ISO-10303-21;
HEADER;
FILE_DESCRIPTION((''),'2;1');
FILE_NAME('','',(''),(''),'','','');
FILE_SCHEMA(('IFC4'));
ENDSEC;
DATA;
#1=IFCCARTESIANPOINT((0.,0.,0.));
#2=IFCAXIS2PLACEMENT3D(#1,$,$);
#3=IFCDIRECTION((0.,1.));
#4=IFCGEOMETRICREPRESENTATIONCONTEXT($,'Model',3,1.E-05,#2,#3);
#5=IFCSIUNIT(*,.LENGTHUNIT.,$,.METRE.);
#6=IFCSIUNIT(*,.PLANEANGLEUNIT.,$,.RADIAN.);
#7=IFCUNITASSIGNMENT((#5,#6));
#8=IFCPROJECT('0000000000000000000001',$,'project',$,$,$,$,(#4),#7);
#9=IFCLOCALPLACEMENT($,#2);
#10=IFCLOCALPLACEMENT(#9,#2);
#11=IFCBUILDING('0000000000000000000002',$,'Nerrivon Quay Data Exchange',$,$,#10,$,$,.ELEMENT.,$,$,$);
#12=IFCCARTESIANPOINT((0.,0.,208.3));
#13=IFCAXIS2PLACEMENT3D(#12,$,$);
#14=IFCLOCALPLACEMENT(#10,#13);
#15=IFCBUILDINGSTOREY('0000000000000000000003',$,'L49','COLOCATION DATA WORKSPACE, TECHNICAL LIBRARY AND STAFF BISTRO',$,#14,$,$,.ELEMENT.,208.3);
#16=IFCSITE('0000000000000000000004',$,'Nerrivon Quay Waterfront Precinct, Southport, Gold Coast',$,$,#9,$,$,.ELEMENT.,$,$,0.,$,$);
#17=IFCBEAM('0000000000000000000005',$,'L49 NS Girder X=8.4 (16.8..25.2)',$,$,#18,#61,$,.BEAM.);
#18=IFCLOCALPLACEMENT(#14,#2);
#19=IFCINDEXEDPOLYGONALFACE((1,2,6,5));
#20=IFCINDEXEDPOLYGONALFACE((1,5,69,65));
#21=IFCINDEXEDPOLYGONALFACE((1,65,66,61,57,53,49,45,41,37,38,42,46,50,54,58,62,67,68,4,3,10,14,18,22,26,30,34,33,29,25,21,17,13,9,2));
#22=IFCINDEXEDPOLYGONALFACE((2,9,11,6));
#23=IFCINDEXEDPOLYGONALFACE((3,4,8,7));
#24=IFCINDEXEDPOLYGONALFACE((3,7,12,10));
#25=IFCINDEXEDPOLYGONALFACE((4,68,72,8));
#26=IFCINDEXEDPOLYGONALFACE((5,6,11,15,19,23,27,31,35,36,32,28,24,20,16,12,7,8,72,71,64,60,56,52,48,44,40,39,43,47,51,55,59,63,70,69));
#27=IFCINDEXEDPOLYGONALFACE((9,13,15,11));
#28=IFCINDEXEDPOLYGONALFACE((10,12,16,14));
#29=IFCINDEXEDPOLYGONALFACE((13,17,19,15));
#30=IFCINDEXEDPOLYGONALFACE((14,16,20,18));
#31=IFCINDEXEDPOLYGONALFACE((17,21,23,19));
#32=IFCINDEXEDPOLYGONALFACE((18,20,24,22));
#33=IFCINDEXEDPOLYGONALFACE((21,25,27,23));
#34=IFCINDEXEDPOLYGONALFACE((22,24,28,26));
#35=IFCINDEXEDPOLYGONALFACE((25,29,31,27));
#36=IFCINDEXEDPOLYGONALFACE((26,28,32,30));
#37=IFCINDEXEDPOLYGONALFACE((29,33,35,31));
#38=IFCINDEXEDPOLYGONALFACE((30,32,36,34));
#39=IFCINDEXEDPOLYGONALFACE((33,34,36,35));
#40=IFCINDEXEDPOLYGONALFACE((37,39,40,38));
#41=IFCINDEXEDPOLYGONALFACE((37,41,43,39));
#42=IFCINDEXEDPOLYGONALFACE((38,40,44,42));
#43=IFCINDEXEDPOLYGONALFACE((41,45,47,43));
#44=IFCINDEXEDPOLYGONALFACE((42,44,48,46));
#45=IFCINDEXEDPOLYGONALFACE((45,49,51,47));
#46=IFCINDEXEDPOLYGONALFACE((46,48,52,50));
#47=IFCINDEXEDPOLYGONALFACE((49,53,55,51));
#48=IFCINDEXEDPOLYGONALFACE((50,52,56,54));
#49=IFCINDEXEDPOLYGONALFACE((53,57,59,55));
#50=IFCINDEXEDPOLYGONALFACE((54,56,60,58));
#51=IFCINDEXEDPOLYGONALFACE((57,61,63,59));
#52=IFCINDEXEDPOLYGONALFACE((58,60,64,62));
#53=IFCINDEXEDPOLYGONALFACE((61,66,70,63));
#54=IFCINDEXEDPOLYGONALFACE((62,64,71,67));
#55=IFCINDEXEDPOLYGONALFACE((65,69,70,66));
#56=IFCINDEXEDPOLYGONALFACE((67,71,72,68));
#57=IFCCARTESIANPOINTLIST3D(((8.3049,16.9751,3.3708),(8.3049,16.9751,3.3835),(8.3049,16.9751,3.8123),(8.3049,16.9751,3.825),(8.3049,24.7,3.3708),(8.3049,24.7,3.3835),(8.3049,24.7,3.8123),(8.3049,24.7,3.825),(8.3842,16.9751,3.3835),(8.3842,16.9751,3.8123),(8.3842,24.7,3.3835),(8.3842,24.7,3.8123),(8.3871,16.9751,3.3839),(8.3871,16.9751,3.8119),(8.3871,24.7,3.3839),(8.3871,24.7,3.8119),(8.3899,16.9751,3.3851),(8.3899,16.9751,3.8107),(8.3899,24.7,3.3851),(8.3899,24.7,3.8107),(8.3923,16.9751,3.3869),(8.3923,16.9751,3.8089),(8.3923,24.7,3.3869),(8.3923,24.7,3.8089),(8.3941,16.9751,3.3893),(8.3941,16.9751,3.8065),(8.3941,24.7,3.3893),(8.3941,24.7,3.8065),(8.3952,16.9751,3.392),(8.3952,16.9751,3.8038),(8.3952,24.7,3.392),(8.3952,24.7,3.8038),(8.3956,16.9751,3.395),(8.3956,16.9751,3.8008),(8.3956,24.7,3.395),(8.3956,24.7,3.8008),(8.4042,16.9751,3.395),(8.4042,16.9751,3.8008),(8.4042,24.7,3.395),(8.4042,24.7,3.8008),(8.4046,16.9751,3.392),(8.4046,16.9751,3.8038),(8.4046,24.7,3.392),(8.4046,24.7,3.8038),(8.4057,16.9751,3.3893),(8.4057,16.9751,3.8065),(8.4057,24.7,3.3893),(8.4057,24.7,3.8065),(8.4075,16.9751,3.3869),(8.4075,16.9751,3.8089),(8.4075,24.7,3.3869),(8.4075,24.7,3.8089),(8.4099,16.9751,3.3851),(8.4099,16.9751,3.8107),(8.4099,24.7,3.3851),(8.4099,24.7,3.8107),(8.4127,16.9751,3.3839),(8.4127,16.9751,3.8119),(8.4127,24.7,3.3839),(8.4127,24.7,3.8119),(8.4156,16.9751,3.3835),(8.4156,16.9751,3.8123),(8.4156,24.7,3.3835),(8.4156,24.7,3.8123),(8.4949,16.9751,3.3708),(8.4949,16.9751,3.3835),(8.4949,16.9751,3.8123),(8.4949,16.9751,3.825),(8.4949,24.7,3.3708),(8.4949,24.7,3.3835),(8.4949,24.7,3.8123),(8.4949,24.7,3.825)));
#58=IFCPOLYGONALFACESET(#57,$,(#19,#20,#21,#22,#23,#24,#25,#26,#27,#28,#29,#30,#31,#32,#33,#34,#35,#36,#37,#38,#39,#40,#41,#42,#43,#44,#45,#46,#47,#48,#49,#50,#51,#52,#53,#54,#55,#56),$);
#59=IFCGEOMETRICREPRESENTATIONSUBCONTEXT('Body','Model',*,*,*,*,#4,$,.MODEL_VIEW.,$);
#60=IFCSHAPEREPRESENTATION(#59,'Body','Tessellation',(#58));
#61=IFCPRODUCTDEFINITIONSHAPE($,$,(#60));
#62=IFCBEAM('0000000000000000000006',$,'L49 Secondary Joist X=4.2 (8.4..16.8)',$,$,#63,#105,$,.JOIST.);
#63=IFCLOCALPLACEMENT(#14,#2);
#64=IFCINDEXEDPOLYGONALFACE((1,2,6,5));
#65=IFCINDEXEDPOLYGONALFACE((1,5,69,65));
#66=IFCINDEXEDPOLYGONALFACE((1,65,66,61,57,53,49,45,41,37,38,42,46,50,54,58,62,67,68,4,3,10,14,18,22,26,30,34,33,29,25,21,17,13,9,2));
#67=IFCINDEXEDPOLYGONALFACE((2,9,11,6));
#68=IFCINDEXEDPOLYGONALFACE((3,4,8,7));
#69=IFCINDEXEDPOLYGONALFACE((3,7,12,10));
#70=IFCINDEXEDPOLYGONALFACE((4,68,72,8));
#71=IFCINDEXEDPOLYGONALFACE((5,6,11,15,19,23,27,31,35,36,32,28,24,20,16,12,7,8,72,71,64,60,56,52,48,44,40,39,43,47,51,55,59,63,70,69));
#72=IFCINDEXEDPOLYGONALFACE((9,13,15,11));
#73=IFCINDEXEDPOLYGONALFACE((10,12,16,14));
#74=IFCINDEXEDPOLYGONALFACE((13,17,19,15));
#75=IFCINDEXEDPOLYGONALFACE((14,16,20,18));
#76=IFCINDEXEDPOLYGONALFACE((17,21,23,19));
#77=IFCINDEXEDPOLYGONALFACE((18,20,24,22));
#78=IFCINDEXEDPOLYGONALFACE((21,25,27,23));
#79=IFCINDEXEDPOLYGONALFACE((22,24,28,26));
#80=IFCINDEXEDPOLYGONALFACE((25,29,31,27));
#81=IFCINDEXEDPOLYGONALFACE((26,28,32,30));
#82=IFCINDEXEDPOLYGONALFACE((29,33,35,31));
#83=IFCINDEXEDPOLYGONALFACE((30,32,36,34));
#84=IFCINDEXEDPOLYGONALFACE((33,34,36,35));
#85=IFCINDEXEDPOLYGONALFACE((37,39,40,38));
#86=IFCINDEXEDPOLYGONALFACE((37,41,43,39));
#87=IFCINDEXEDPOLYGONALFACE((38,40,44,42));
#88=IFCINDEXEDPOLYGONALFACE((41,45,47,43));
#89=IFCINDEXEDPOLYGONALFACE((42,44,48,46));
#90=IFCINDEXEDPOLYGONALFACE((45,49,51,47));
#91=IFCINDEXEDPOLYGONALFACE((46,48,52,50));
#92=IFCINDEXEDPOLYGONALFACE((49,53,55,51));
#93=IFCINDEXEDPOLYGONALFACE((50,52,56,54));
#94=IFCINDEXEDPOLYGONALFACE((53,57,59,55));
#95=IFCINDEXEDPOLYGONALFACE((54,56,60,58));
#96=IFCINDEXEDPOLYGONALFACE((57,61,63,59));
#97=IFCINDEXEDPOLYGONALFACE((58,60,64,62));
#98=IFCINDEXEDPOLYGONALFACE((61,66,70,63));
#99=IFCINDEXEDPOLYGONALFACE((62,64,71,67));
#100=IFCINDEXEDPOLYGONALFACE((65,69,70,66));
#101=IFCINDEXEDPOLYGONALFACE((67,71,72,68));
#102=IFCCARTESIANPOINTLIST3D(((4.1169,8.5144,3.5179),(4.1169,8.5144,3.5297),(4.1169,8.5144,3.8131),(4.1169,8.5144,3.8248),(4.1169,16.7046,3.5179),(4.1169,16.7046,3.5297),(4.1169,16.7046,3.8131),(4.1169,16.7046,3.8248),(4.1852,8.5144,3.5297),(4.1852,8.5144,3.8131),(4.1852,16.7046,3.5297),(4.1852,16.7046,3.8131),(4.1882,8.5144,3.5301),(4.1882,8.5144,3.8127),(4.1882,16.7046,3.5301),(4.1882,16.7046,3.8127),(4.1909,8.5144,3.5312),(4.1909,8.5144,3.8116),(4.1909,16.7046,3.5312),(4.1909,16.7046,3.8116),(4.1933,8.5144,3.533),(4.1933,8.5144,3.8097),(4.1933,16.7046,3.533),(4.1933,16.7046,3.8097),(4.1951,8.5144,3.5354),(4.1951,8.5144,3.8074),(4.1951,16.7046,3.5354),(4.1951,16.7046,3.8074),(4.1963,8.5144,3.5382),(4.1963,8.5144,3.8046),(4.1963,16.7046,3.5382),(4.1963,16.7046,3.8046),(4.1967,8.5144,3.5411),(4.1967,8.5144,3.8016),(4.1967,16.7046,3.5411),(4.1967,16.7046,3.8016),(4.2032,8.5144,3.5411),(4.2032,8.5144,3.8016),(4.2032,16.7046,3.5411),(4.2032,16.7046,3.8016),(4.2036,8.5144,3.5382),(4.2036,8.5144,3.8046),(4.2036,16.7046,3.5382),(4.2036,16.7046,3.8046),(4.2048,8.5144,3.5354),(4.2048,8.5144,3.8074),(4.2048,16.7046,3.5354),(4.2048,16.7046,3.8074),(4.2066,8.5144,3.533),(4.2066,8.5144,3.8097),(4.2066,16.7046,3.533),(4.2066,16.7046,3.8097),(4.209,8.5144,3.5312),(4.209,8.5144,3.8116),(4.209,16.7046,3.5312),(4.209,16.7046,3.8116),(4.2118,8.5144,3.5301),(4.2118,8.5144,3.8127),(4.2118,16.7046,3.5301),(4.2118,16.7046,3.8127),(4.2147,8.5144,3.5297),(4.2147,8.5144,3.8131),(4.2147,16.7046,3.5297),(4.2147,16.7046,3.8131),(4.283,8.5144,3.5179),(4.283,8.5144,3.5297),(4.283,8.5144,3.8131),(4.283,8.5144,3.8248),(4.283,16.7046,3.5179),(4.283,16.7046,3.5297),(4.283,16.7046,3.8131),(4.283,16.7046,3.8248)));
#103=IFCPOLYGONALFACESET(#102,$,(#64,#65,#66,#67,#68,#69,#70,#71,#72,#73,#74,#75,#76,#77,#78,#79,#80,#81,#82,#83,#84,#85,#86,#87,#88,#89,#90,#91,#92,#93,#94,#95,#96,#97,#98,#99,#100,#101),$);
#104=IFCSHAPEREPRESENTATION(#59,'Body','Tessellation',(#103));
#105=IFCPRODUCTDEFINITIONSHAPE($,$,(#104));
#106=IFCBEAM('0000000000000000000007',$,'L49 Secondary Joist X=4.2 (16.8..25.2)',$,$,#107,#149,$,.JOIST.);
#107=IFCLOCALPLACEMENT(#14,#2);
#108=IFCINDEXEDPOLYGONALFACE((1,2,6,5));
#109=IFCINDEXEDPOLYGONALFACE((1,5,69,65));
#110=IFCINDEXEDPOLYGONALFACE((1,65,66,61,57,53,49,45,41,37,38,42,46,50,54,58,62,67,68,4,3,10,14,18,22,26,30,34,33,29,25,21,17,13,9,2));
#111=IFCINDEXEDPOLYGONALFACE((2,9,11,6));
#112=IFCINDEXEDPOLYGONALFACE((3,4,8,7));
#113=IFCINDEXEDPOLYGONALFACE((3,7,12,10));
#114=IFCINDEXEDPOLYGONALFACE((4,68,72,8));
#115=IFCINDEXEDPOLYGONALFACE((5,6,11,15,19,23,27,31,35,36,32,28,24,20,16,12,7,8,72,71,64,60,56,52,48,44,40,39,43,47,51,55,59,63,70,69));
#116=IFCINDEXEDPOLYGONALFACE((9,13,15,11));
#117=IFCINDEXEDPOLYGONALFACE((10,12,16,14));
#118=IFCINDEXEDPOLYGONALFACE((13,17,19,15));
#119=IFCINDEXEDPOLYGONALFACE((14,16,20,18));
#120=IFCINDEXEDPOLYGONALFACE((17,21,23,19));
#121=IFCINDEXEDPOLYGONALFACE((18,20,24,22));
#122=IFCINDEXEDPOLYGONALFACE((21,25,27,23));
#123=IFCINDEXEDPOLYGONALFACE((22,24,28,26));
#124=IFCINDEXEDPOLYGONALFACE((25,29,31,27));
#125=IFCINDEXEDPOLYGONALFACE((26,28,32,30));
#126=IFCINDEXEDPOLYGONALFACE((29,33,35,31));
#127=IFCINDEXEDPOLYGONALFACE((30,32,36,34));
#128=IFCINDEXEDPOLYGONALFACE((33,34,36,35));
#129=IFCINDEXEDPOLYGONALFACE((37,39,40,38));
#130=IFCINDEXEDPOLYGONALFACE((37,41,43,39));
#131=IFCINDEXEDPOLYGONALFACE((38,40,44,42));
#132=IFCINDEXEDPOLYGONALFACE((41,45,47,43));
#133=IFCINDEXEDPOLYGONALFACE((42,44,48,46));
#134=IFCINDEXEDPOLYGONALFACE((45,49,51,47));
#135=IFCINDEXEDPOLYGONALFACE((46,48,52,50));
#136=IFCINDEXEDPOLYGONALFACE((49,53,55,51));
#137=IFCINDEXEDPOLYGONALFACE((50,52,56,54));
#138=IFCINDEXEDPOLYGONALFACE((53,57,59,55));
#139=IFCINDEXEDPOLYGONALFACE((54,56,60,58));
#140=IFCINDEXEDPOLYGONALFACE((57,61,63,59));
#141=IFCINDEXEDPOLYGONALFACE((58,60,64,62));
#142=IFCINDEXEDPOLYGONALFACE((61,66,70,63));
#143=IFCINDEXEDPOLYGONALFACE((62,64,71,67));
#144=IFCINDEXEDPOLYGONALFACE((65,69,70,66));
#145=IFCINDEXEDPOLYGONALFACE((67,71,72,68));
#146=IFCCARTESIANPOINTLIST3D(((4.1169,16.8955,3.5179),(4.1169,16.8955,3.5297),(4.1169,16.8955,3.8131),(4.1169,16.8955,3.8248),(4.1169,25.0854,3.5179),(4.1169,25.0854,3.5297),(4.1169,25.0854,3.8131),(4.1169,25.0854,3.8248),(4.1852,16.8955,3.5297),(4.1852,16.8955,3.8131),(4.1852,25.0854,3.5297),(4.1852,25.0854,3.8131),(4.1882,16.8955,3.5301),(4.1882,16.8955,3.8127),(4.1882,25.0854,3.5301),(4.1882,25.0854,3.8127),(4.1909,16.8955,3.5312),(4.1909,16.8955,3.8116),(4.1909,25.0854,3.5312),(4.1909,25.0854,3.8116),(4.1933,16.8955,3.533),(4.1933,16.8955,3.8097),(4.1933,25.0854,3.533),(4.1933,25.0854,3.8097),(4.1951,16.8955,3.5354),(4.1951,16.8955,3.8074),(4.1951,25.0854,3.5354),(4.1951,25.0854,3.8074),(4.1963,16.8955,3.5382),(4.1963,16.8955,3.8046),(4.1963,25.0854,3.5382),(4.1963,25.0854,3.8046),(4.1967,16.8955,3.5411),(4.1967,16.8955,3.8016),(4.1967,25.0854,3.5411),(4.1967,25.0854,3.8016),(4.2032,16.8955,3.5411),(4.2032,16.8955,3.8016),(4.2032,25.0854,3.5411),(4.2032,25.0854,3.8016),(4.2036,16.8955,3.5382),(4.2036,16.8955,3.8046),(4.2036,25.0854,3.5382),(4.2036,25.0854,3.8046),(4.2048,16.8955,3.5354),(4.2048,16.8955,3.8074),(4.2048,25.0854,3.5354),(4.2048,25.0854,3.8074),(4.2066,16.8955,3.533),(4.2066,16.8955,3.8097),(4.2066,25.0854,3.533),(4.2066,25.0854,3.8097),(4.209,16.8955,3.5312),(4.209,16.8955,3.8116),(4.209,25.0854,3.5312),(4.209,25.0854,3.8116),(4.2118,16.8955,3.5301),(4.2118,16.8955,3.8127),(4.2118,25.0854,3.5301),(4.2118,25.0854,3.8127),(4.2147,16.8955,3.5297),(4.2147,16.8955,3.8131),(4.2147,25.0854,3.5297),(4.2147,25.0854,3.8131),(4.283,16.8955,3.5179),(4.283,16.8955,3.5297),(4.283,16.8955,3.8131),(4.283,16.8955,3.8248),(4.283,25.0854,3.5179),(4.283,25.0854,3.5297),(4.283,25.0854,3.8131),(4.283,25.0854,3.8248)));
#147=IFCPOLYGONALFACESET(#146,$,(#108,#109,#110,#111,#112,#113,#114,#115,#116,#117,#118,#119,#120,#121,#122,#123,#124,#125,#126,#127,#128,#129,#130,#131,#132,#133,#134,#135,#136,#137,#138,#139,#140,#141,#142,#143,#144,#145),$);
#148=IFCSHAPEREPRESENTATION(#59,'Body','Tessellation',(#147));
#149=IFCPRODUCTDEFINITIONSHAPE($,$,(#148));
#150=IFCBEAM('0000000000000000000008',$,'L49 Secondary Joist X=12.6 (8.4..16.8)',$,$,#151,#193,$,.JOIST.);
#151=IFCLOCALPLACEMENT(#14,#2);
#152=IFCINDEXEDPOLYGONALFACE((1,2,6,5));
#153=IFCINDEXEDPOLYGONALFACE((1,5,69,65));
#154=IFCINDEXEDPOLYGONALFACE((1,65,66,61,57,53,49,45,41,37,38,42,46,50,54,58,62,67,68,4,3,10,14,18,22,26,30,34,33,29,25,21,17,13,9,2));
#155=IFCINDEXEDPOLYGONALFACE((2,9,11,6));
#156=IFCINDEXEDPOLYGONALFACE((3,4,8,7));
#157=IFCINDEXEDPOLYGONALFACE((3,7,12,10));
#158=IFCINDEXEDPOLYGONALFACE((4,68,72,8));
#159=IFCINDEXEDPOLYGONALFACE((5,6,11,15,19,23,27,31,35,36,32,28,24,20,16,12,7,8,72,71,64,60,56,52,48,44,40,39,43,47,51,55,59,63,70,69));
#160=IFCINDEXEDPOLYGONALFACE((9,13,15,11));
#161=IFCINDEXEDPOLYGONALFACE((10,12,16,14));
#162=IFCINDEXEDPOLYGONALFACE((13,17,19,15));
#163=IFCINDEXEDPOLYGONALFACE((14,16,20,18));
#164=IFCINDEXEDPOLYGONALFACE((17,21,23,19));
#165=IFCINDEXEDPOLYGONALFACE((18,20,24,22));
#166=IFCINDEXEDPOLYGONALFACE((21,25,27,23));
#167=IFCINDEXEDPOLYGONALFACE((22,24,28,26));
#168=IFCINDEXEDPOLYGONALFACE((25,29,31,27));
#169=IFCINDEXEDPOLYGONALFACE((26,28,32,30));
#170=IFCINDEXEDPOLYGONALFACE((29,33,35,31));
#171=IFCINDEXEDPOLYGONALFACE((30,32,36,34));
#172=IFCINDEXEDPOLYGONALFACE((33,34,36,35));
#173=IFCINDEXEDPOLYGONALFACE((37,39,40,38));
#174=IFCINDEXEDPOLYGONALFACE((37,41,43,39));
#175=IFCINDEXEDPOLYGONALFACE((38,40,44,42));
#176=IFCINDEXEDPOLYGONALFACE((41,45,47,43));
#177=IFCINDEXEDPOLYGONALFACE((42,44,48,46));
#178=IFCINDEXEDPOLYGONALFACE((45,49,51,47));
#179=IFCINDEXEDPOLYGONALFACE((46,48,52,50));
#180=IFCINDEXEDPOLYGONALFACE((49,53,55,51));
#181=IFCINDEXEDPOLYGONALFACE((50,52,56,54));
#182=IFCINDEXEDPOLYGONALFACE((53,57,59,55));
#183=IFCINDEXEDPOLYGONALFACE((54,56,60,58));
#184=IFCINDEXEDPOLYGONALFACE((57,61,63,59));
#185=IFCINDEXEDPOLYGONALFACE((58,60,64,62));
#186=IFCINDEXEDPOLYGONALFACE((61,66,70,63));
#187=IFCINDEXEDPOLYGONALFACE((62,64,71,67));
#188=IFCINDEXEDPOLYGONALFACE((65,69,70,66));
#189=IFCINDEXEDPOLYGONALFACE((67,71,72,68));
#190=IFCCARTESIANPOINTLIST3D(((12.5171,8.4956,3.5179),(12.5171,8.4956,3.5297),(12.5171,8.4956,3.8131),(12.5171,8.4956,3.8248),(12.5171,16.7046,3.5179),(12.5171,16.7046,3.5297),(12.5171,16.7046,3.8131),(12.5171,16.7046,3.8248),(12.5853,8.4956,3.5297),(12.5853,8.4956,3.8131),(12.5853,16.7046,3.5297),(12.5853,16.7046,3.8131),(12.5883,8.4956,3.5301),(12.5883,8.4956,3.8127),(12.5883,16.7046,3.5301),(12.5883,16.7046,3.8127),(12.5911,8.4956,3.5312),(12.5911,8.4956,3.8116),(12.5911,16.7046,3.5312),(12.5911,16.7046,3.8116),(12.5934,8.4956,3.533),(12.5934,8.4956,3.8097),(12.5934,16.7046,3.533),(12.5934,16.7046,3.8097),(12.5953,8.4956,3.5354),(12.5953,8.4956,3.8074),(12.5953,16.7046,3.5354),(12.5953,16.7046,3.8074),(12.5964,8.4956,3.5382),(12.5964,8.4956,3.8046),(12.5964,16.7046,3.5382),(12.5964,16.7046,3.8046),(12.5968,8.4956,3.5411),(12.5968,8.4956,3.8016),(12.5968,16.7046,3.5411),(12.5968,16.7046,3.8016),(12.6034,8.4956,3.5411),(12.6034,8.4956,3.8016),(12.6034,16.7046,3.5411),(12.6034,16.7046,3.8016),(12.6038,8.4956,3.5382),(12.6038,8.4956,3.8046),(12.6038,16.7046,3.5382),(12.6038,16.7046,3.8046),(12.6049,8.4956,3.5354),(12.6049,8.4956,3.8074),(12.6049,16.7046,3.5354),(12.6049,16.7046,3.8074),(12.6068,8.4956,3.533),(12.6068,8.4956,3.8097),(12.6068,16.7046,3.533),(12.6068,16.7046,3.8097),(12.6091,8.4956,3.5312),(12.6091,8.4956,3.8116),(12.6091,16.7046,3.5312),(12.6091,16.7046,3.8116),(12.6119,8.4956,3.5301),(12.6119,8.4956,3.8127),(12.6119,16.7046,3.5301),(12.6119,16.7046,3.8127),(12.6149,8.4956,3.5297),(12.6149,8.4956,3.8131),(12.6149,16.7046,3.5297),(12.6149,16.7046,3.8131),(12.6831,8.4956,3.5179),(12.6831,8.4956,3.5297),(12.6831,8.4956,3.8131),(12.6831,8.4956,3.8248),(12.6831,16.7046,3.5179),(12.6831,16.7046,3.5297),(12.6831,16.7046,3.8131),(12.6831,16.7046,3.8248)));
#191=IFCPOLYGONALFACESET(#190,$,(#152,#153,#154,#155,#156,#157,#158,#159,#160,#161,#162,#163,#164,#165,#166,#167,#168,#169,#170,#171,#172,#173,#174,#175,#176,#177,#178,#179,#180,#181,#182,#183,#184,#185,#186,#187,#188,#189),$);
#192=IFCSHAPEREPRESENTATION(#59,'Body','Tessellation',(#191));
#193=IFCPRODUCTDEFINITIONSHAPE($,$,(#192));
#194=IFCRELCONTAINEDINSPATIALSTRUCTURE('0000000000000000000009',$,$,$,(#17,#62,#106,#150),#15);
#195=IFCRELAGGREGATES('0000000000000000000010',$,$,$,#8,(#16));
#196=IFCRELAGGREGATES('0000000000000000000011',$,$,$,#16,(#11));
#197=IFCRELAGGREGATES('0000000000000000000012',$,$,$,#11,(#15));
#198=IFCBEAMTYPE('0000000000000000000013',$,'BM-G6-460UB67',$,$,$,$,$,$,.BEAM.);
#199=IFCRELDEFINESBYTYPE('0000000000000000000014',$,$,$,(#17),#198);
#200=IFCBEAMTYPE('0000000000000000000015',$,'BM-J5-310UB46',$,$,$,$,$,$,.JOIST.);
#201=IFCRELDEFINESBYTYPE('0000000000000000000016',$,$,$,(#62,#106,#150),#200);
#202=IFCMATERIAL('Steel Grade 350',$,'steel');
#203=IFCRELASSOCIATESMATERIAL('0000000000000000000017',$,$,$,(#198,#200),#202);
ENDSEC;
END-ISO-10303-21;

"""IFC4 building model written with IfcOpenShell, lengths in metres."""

from ifc_helpers import new_model, si_unit, direction, frame, origin, origin_2d, place, context, subcontext, project, spatial, i_section, extrude, material, material_profile, profile_set, type_object, element, save


model = new_model("IFC4")

# Units and contexts
model_context = context("Model", 3, precision=1e-05, world=origin(), true_north=direction((0.0, 1.0)))
body_context = subcontext(model_context, "Body", "Model", "MODEL_VIEW")
ifc_project = project(units=[si_unit("LENGTHUNIT", "METRE"), si_unit("PLANEANGLEUNIT", "RADIAN")], contexts=[model_context])

# Site, building, storey
site_placement = place(None, origin())
site = spatial("IfcSite", under=ifc_project, at=site_placement, Name="Nerrivon Quay Waterfront Precinct, Southport, Gold Coast", CompositionType="ELEMENT", RefElevation=0.0)
building_placement = place(site_placement, origin())
building = spatial("IfcBuilding", under=site, at=building_placement, Name="Nerrivon Quay Data Exchange", CompositionType="ELEMENT")
storey_placement = place(building_placement, frame((0.0, 0.0, 208.3)))
storey = spatial("IfcBuildingStorey", under=building, at=storey_placement, Name="L49", Description="COLOCATION DATA WORKSPACE, TECHNICAL LIBRARY AND STAFF BISTRO", CompositionType="ELEMENT", Elevation=208.3)

# Shared definitions
ifc_material_1 = material(Name="Steel Grade 350", Category="steel")

# Beams
ifc_material_profile_1 = material_profile(ifc_material_1, i_section(OverallWidth=0.1899, OverallDepth=0.4541, WebThickness=0.0085, FlangeThickness=0.0127, FilletRadius=0.0115, at=origin_2d()), Name="460UB67.1")
ifc_profile_set_1 = profile_set([ifc_material_profile_1], Name="Steel Grade 350")
beam_type_1 = type_object("IfcBeamType", Name="BM-G6-460UB67", PredefinedType="BEAM", material=ifc_profile_set_1)
beam_1_placement = place(storey_placement, frame((8.3999, 16.9751, 3.5979), z_axis=(0.0, 1.0, 0.0), x_axis=(-1.0, 0.0, 0.0)))
element("IfcBeam", 1, at=beam_1_placement, inside=storey, type_object=beam_type_1, Name="L49 NS Girder X=8.4 (16.8..25.2)", PredefinedType="BEAM", context=body_context, shape_type="SweptSolid", body=[
    extrude(i_section(OverallWidth=0.1899, OverallDepth=0.4541, WebThickness=0.0085, FlangeThickness=0.0127, FilletRadius=0.0115, at=origin_2d()), origin(), (0.0, 0.0, 1.0), 7.7249),
])
ifc_material_profile_2 = material_profile(ifc_material_1, i_section(OverallWidth=0.166, OverallDepth=0.3069, WebThickness=0.0066, FlangeThickness=0.0117, FilletRadius=0.0115, at=origin_2d()), Name="310UB46.2")
ifc_profile_set_2 = profile_set([ifc_material_profile_2], Name="Steel Grade 350")
beam_type_2 = type_object("IfcBeamType", Name="BM-J5-310UB46", PredefinedType="JOIST", material=ifc_profile_set_2)
beam_2_placement = place(storey_placement, frame((4.2, 8.5144, 3.6714), z_axis=(0.0, 1.0, 0.0), x_axis=(-1.0, 0.0, 0.0)))
element("IfcBeam", 2, at=beam_2_placement, inside=storey, type_object=beam_type_2, Name="L49 Secondary Joist X=4.2 (8.4..16.8)", PredefinedType="JOIST", context=body_context, shape_type="SweptSolid", body=[
    extrude(i_section(OverallWidth=0.166, OverallDepth=0.3069, WebThickness=0.0066, FlangeThickness=0.0117, FilletRadius=0.0115, at=origin_2d()), origin(), (0.0, 0.0, 1.0), 8.1902),
])
beam_3_placement = place(storey_placement, frame((4.2, 16.8955, 3.6714), z_axis=(0.0, 1.0, 0.0), x_axis=(-1.0, 0.0, 0.0)))
element("IfcBeam", 3, at=beam_3_placement, inside=storey, type_object=beam_type_2, Name="L49 Secondary Joist X=4.2 (16.8..25.2)", PredefinedType="JOIST", context=body_context, shape_type="SweptSolid", body=[
    extrude(i_section(OverallWidth=0.166, OverallDepth=0.3069, WebThickness=0.0066, FlangeThickness=0.0117, FilletRadius=0.0115, at=origin_2d()), origin(), (0.0, 0.0, 1.0), 8.1899),
])
beam_4_placement = place(storey_placement, frame((12.6001, 8.4956, 3.6714), z_axis=(0.0, 1.0, 0.0), x_axis=(-1.0, 0.0, 0.0)))
element("IfcBeam", 4, at=beam_4_placement, inside=storey, type_object=beam_type_2, Name="L49 Secondary Joist X=12.6 (8.4..16.8)", PredefinedType="JOIST", context=body_context, shape_type="SweptSolid", body=[
    extrude(i_section(OverallWidth=0.166, OverallDepth=0.3069, WebThickness=0.0066, FlangeThickness=0.0117, FilletRadius=0.0115, at=origin_2d()), origin(), (0.0, 0.0, 1.0), 8.209),
])

save(model, "model.ifc")
